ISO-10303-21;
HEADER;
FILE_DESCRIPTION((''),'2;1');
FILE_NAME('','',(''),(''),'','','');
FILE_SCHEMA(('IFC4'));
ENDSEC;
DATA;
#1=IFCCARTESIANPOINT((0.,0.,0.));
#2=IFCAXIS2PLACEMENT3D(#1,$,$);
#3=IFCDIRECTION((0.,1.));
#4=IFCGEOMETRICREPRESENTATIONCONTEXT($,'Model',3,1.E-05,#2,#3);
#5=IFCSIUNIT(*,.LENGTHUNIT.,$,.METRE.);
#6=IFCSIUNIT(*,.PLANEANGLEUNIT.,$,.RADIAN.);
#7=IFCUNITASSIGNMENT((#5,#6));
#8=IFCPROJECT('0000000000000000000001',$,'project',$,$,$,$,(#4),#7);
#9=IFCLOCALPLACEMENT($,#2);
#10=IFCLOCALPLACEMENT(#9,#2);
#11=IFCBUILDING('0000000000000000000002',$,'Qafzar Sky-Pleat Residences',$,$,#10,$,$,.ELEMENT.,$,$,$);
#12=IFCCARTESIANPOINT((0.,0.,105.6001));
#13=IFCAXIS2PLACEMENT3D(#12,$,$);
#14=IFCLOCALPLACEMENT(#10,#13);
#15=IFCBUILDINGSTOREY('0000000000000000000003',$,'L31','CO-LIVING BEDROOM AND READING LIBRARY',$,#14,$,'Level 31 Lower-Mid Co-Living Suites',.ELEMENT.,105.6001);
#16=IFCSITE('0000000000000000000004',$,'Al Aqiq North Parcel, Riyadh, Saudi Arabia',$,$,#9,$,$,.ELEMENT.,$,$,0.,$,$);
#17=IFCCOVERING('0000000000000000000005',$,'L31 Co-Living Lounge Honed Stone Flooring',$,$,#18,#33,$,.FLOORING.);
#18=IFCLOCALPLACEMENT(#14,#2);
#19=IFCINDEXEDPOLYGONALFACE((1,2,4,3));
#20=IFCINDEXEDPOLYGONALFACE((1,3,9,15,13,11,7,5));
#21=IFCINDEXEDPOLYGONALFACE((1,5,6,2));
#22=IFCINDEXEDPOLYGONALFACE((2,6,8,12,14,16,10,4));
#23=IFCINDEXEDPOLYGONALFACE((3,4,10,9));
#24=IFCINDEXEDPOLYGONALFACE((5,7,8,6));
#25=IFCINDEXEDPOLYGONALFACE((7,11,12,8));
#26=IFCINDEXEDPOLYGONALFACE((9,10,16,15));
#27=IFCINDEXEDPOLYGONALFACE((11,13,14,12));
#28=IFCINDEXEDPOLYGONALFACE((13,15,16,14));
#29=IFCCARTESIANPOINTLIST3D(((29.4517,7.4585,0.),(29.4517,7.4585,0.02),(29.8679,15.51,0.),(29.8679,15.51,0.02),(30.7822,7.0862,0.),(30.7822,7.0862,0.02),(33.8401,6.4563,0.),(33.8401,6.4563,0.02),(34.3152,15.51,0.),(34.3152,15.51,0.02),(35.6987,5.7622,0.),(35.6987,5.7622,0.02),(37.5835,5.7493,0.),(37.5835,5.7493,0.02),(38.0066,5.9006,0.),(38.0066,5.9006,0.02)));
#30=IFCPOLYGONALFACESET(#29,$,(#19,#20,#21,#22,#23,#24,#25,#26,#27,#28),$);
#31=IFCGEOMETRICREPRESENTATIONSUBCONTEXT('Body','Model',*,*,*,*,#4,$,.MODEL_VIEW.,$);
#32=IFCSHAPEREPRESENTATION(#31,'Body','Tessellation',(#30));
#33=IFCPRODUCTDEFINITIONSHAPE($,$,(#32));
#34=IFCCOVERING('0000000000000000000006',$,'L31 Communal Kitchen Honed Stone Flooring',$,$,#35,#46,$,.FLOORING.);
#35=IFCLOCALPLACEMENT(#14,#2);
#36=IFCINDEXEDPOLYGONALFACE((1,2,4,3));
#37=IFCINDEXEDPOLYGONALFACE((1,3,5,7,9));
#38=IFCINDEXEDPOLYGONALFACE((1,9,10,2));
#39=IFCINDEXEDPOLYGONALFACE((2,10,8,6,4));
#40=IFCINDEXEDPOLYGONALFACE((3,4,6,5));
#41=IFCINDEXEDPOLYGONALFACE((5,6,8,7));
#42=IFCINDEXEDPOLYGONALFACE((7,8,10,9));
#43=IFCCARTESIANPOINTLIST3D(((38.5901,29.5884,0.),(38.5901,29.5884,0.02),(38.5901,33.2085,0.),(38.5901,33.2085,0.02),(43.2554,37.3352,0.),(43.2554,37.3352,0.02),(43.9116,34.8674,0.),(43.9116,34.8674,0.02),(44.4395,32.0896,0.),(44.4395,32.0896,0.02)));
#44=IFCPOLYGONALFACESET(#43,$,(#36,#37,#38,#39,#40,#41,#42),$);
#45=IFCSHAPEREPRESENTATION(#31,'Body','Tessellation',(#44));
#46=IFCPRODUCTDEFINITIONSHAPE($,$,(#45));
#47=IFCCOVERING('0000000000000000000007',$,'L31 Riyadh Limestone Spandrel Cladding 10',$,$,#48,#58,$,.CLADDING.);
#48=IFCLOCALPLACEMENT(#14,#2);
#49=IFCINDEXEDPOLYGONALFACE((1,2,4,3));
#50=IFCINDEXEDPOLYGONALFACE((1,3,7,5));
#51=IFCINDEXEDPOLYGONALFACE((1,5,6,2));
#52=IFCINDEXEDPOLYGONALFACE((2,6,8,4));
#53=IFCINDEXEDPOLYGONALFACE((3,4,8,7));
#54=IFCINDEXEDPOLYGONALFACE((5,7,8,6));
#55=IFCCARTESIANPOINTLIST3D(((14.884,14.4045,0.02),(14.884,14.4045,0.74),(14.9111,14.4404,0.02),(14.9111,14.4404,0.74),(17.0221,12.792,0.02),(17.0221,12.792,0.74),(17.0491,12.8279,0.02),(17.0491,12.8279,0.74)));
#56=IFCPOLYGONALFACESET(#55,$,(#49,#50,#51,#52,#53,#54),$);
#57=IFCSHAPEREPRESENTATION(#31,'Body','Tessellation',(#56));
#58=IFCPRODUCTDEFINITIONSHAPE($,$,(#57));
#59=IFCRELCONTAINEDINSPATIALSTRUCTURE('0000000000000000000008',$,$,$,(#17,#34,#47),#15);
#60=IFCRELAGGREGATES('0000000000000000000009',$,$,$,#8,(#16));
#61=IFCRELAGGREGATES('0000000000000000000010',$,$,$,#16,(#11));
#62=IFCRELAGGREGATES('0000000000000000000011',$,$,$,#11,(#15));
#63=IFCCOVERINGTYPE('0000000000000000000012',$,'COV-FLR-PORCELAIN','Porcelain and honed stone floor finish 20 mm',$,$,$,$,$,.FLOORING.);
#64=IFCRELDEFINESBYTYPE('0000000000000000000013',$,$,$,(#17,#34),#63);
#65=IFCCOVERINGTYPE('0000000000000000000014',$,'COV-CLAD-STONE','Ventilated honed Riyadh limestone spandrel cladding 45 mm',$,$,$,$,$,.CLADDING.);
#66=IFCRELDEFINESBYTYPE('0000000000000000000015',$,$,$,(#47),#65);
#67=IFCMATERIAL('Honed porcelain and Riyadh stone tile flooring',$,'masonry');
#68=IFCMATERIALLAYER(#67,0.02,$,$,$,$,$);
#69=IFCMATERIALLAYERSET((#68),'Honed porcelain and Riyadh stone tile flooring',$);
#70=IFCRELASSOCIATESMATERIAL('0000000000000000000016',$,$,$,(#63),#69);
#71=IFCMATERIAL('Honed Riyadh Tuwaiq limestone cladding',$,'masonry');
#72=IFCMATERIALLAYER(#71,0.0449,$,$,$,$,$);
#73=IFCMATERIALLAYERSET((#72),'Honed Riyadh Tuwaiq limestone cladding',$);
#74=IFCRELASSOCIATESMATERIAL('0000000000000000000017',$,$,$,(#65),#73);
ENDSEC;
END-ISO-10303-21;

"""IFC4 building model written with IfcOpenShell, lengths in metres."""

from ifc_helpers import new_model, si_unit, direction, frame, origin, origin_2d, place, context, subcontext, project, spatial, polyline, rectangle, outline, extrude, source, transform, mapped, material, layer, layer_set, type_object, element, save


model = new_model("IFC4")

# Units and contexts
model_context = context("Model", 3, precision=1e-05, world=origin(), true_north=direction((0.0, 1.0)))
body_context = subcontext(model_context, "Body", "Model", "MODEL_VIEW")
ifc_project = project(units=[si_unit("LENGTHUNIT", "METRE"), si_unit("PLANEANGLEUNIT", "RADIAN")], contexts=[model_context])

# Site, building, storey
site_placement = place(None, origin())
site = spatial("IfcSite", under=ifc_project, at=site_placement, Name="Al Aqiq North Parcel, Riyadh, Saudi Arabia", CompositionType="ELEMENT", RefElevation=0.0)
building_placement = place(site_placement, origin())
building = spatial("IfcBuilding", under=site, at=building_placement, Name="Qafzar Sky-Pleat Residences", CompositionType="ELEMENT")
storey_placement = place(building_placement, frame((0.0, 0.0, 105.6001)))
storey = spatial("IfcBuildingStorey", under=building, at=storey_placement, Name="L31", Description="CO-LIVING BEDROOM AND READING LIBRARY", LongName="Level 31 Lower-Mid Co-Living Suites", CompositionType="ELEMENT", Elevation=105.6001)

# Coverings
ifc_material_1 = material(Name="Honed porcelain and Riyadh stone tile flooring", Category="masonry")
ifc_layer_1 = layer(ifc_material_1, 0.02)
ifc_layer_set_1 = layer_set([ifc_layer_1], Name="Honed porcelain and Riyadh stone tile flooring")
covering_type_1 = type_object("IfcCoveringType", Name="COV-FLR-PORCELAIN", Description="Porcelain and honed stone floor finish 20 mm", PredefinedType="FLOORING", material=ifc_layer_set_1)
covering_1_placement = place(storey_placement, origin())
element("IfcCovering", 1, at=covering_1_placement, inside=storey, type_object=covering_type_1, Name="L31 Co-Living Lounge Honed Stone Flooring", PredefinedType="FLOORING", context=body_context, shape_type="SweptSolid", body=[
    extrude(outline(polyline([(37.5835, 5.7493), (35.6987, 5.7622), (33.8401, 6.4563), (30.7822, 7.0862), (29.4517, 7.4585), (29.8679, 15.51), (34.3152, 15.51), (38.0066, 5.9006), (37.5835, 5.7493)])), origin(), (0.0, 0.0, 1.0), 0.02),
])
covering_2_placement = place(storey_placement, origin())
element("IfcCovering", 2, at=covering_2_placement, inside=storey, type_object=covering_type_1, Name="L31 Communal Kitchen Honed Stone Flooring", PredefinedType="FLOORING", context=body_context, shape_type="SweptSolid", body=[
    extrude(outline(polyline([(43.9116, 34.8674), (44.4395, 32.0896), (38.5901, 29.5884), (38.5901, 33.2085), (43.2554, 37.3352), (43.9116, 34.8674)])), origin(), (0.0, 0.0, 1.0), 0.02),
])
ifc_material_2 = material(Name="Honed Riyadh Tuwaiq limestone cladding", Category="masonry")
ifc_layer_2 = layer(ifc_material_2, 0.0449)
ifc_layer_set_2 = layer_set([ifc_layer_2], Name="Honed Riyadh Tuwaiq limestone cladding")
covering_type_2 = type_object("IfcCoveringType", Name="COV-CLAD-STONE", Description="Ventilated honed Riyadh limestone spandrel cladding 45 mm", PredefinedType="CLADDING", material=ifc_layer_set_2)
shared_shape_1 = source(origin(), body_context, "Body", "SweptSolid", [
    extrude(rectangle(XDim=2.678, YDim=0.0449, at=origin_2d()), origin(), (0.0, 0.0, 1.0), 0.72),
])
covering_3_placement = place(storey_placement, frame((15.9666, 13.6162, 0.02), z_axis=(0.0, 0.0, 1.0), x_axis=(0.798384, -0.602149, 0.0)))
element("IfcCovering", 3, at=covering_3_placement, inside=storey, type_object=covering_type_2, Name="L31 Riyadh Limestone Spandrel Cladding 10", PredefinedType="CLADDING", context=body_context, shape_type="MappedRepresentation", body=[
    mapped(shared_shape_1, transform((0.0, 0.0, 0.0), x_axis=(1.0, 0.0, 0.0), y_axis=(0.0, 1.0, 0.0), z_axis=(0.0, 0.0, 1.0), scale=1.0)),
])

save(model, "model.ifc")
